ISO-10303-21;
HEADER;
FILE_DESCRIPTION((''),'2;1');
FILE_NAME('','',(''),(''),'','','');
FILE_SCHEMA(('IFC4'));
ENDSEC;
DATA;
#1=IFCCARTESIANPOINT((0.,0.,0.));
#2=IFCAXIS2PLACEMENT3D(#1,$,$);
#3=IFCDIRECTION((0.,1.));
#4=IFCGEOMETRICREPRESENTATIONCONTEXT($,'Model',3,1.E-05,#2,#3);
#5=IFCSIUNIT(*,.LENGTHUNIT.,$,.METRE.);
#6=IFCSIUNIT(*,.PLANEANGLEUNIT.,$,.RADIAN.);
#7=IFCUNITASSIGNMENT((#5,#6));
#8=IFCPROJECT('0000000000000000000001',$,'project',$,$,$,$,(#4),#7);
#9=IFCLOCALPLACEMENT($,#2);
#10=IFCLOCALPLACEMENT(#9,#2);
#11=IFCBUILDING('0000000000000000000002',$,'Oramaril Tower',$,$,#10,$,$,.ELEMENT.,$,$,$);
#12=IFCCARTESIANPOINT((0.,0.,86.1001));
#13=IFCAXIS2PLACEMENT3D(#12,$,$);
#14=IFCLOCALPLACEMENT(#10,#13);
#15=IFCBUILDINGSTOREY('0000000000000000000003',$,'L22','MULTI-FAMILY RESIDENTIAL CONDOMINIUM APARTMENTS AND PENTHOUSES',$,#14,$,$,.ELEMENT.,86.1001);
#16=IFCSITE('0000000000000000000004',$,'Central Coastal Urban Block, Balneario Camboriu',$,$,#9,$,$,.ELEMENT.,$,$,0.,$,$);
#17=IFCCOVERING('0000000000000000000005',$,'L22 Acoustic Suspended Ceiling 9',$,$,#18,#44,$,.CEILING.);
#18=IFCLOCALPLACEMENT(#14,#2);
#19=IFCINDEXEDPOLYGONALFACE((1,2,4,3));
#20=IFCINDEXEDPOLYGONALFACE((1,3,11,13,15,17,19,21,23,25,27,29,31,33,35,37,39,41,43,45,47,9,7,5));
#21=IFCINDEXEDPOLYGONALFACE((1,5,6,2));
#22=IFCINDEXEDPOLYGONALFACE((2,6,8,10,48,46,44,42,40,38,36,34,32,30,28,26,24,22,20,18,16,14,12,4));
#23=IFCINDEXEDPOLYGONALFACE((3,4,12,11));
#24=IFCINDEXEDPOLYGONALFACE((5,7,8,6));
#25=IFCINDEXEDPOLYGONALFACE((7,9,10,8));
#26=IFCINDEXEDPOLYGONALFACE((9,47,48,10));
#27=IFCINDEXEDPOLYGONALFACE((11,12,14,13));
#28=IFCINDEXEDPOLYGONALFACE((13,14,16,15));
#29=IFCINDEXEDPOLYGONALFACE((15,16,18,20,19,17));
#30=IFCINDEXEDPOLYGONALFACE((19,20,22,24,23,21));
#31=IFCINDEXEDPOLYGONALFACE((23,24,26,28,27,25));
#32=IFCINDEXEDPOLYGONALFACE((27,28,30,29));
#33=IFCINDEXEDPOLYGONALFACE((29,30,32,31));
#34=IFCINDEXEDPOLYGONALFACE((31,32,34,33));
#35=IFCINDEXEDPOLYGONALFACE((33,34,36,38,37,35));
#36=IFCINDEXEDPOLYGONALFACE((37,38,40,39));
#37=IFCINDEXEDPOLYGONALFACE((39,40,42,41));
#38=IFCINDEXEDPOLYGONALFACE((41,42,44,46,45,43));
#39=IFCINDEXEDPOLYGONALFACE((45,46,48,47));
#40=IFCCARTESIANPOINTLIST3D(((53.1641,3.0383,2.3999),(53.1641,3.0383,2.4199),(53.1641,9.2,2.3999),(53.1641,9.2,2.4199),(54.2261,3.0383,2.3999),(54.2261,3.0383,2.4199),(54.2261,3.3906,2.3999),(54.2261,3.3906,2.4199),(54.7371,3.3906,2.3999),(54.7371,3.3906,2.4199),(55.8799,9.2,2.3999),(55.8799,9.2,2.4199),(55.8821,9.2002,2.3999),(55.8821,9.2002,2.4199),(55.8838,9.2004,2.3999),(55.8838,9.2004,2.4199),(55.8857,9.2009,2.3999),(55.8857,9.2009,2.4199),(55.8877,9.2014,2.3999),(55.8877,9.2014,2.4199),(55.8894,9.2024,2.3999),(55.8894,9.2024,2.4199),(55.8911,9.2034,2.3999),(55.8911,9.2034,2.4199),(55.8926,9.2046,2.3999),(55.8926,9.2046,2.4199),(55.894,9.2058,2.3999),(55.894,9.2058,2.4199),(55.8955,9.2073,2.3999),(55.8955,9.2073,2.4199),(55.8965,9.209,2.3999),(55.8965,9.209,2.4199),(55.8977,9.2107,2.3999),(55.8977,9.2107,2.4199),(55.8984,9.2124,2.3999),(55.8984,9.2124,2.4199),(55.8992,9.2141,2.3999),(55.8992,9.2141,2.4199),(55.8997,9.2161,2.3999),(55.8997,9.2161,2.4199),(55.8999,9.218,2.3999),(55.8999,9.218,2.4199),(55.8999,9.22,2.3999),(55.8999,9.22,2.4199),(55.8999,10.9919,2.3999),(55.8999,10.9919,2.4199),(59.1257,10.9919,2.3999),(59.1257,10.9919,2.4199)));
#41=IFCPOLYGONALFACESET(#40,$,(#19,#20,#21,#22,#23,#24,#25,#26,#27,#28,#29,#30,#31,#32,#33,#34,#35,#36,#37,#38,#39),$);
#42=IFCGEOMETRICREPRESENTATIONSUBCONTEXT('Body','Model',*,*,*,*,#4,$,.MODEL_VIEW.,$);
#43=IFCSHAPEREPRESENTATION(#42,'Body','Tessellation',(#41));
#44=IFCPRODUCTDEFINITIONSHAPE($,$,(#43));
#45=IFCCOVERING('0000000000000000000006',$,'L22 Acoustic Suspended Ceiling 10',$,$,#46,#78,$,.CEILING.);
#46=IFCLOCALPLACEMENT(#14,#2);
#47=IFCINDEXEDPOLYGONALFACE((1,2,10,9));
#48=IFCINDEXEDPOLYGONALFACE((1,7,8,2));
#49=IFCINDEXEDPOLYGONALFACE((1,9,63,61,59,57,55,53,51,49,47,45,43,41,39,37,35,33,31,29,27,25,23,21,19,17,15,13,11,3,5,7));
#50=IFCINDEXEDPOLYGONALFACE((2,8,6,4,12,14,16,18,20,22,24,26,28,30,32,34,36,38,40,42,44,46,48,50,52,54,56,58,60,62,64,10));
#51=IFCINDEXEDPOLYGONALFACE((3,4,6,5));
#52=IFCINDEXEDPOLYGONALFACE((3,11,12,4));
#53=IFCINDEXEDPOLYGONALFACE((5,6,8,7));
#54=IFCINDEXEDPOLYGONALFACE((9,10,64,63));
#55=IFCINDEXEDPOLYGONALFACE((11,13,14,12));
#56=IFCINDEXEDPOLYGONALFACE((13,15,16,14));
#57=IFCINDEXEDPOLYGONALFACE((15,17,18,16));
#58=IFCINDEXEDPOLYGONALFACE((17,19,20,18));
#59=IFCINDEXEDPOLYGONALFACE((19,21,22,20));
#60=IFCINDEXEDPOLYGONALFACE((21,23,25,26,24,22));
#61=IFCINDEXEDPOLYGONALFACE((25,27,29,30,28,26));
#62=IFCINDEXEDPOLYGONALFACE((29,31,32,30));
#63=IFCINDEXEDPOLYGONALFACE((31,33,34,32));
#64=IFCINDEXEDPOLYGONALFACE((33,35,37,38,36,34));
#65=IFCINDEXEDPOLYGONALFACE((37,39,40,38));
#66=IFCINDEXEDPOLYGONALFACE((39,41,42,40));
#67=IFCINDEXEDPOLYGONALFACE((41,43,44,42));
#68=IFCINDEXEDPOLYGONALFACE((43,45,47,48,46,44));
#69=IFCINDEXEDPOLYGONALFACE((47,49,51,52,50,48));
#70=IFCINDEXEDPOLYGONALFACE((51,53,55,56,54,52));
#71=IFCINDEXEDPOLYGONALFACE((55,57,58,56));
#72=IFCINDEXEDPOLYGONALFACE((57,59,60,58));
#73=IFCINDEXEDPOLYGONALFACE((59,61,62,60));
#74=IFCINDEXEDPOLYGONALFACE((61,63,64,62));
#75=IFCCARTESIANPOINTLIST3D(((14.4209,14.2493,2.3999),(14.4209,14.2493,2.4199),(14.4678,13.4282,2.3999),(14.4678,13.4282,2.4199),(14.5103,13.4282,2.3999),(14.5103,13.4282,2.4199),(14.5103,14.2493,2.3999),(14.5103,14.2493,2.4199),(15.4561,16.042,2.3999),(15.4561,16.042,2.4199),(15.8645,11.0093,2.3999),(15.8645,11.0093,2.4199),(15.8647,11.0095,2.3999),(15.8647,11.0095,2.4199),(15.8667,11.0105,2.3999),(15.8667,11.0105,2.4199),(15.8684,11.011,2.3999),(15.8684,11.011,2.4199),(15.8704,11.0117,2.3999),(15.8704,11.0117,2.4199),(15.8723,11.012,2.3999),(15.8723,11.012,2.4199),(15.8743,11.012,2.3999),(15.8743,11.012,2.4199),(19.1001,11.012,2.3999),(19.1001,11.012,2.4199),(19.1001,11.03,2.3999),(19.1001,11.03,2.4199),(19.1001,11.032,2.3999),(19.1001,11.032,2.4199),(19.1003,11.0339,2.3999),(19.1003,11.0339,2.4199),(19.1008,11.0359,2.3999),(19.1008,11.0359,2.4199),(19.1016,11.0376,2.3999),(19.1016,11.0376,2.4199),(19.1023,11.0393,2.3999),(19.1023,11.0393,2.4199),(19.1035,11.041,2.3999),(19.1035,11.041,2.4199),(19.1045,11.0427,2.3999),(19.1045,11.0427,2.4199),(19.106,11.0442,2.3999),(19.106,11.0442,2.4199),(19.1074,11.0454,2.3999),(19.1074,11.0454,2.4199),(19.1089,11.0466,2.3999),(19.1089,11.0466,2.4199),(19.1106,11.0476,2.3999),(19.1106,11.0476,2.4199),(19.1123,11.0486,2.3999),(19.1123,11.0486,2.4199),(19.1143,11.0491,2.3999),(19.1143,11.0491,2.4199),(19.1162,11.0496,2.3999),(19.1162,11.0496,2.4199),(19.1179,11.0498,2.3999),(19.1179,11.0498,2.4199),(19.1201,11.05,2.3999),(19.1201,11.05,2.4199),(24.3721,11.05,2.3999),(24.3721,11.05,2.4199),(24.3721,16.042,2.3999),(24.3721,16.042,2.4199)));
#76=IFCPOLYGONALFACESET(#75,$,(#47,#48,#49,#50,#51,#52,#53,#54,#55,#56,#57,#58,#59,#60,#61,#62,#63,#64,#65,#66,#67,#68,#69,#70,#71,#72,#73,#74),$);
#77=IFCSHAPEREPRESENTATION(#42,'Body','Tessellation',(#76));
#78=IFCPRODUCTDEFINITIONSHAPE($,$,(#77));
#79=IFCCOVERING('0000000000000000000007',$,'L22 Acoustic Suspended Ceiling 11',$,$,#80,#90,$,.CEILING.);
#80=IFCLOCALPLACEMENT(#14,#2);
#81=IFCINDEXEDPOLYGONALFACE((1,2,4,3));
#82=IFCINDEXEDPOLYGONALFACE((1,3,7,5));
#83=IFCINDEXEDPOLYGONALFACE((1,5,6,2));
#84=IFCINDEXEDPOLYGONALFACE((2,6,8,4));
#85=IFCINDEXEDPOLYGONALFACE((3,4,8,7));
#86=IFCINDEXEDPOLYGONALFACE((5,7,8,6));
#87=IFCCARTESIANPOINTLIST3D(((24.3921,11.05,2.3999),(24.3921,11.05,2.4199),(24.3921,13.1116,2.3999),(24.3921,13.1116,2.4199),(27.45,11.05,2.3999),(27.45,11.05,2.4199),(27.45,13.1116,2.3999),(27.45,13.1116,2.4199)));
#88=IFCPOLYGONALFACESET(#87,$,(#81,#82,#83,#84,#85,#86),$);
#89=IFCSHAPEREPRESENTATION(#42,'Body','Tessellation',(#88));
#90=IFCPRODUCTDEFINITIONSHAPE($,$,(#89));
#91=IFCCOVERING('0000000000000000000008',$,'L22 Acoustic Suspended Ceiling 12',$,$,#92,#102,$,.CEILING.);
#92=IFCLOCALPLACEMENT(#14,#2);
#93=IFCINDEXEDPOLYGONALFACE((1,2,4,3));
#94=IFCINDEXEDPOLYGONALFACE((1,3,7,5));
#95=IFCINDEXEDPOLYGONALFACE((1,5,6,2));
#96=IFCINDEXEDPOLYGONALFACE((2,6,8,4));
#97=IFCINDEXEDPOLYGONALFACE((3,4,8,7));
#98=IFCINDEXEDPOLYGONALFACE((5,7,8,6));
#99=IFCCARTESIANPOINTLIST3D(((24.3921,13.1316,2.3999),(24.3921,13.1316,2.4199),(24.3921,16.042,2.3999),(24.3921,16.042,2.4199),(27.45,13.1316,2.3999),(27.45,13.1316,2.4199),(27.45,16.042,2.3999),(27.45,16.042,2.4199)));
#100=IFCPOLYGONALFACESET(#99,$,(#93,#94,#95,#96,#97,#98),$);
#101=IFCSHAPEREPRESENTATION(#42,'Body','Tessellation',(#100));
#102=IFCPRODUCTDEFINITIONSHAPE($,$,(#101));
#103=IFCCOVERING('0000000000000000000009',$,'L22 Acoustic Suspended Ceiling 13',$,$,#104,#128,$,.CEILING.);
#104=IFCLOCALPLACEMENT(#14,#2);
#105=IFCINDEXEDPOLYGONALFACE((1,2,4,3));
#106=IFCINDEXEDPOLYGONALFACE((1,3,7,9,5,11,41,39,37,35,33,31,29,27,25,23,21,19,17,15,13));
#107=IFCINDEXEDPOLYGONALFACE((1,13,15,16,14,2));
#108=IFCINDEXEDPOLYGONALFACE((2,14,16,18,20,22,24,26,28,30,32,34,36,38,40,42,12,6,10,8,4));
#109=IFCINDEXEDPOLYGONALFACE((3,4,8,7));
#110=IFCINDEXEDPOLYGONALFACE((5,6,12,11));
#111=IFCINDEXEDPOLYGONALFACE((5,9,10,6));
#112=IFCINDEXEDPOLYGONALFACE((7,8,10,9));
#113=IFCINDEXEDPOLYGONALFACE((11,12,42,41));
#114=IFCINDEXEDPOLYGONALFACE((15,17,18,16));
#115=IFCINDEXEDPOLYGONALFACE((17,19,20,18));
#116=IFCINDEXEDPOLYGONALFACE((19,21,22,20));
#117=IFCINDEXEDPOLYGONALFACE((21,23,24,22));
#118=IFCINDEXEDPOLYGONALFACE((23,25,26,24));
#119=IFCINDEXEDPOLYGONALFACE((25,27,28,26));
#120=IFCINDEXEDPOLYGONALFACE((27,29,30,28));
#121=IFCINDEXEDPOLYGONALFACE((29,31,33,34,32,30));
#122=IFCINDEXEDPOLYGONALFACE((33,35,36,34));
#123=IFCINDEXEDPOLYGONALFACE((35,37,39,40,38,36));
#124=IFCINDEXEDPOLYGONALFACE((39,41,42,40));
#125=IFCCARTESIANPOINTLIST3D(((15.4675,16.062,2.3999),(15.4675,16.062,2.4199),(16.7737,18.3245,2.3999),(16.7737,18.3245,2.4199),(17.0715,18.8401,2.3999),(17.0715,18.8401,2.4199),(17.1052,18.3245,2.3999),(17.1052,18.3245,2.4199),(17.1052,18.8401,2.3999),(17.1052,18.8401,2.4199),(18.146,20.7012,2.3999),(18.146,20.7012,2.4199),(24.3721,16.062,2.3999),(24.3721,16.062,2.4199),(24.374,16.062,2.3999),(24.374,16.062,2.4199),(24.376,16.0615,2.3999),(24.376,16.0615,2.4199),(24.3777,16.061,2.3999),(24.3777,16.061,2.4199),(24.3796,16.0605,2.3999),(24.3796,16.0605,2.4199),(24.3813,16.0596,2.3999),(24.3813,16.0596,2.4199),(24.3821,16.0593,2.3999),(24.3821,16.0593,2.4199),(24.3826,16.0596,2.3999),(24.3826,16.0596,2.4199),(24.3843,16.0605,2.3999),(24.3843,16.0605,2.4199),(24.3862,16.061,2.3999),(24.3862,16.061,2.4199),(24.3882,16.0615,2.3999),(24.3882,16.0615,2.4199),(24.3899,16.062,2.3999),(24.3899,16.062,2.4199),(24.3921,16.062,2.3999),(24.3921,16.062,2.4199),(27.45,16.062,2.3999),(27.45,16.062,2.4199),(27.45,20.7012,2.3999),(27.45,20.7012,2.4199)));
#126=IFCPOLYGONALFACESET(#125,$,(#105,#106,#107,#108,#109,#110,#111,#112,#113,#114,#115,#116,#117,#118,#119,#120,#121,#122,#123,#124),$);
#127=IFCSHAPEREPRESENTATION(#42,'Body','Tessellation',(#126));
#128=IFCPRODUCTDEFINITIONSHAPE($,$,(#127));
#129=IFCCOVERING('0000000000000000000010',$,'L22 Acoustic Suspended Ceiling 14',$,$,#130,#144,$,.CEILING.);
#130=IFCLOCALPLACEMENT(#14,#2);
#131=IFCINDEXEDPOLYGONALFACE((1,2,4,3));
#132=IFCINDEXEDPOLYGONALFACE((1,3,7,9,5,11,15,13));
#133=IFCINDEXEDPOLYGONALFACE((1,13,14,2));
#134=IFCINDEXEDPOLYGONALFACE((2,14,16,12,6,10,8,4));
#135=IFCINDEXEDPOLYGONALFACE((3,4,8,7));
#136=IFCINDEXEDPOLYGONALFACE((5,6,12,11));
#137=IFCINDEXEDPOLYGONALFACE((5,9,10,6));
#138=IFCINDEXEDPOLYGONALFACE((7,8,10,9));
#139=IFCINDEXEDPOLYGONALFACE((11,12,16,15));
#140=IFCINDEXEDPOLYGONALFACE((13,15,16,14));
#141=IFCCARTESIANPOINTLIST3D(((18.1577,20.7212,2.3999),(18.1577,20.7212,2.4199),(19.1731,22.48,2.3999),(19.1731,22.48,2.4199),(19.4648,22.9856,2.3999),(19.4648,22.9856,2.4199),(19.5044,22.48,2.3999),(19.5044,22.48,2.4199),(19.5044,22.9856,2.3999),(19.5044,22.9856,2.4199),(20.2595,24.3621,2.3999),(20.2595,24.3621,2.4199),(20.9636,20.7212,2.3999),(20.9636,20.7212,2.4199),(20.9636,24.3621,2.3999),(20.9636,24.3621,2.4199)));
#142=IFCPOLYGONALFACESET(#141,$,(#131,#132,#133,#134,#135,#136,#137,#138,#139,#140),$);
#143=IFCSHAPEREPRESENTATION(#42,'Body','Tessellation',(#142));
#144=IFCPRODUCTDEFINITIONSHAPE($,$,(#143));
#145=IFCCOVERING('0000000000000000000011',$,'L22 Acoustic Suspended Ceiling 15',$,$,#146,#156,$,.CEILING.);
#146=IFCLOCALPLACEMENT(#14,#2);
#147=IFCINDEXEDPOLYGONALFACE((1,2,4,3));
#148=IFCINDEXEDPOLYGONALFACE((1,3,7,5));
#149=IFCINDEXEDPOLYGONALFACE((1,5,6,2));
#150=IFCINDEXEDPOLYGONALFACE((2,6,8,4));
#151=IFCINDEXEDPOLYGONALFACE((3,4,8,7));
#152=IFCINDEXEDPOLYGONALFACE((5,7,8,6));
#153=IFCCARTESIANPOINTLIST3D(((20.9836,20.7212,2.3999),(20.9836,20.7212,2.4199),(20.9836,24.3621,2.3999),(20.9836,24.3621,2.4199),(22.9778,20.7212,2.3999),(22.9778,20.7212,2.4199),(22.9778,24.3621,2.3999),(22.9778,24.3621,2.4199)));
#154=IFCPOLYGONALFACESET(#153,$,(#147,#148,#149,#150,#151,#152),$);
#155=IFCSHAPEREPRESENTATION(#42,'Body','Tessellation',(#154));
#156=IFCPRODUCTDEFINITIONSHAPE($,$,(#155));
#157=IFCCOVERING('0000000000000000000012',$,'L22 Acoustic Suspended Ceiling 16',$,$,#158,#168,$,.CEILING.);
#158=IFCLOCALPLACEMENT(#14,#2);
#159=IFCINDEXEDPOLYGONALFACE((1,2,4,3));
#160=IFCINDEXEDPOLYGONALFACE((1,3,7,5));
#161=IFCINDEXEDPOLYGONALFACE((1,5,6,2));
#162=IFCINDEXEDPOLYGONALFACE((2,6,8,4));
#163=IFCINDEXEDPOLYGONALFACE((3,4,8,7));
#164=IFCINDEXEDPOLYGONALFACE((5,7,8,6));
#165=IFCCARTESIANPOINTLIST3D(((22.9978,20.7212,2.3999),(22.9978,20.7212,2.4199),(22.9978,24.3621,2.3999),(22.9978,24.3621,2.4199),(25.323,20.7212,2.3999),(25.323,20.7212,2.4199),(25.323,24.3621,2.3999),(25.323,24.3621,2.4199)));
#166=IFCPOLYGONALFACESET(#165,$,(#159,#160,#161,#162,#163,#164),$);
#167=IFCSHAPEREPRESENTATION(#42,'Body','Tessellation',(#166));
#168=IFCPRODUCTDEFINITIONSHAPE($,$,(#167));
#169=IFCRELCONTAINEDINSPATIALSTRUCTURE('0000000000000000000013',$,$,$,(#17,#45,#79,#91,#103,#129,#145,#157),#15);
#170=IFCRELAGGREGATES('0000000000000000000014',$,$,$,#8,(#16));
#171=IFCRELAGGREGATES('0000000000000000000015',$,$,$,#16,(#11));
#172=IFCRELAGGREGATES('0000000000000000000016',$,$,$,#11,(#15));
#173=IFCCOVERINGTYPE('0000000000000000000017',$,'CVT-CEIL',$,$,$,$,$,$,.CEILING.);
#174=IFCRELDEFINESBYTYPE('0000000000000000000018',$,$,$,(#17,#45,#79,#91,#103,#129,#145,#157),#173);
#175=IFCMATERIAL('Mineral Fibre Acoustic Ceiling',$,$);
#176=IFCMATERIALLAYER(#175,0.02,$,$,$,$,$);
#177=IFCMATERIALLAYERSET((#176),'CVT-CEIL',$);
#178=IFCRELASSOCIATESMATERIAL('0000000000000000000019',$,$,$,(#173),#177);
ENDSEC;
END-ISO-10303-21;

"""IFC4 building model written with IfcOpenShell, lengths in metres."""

from ifc_helpers import new_model, si_unit, direction, frame, origin, place, context, subcontext, project, spatial, polyline, outline, extrude, material, layer, layer_set, type_object, element, save


model = new_model("IFC4")

# Units and contexts
model_context = context("Model", 3, precision=1e-05, world=origin(), true_north=direction((0.0, 1.0)))
body_context = subcontext(model_context, "Body", "Model", "MODEL_VIEW")
ifc_project = project(units=[si_unit("LENGTHUNIT", "METRE"), si_unit("PLANEANGLEUNIT", "RADIAN")], contexts=[model_context])

# Site, building, storey
site_placement = place(None, origin())
site = spatial("IfcSite", under=ifc_project, at=site_placement, Name="Central Coastal Urban Block, Balneario Camboriu", CompositionType="ELEMENT", RefElevation=0.0)
building_placement = place(site_placement, origin())
building = spatial("IfcBuilding", under=site, at=building_placement, Name="Oramaril Tower", CompositionType="ELEMENT")
storey_placement = place(building_placement, frame((0.0, 0.0, 86.1001)))
storey = spatial("IfcBuildingStorey", under=building, at=storey_placement, Name="L22", Description="MULTI-FAMILY RESIDENTIAL CONDOMINIUM APARTMENTS AND PENTHOUSES", CompositionType="ELEMENT", Elevation=86.1001)

# Coverings
ifc_material_1 = material(Name="Mineral Fibre Acoustic Ceiling")
ifc_layer_1 = layer(ifc_material_1, 0.02)
ifc_layer_set_1 = layer_set([ifc_layer_1], Name="CVT-CEIL")
covering_type_1 = type_object("IfcCoveringType", Name="CVT-CEIL", PredefinedType="CEILING", material=ifc_layer_set_1)
covering_1_placement = place(storey_placement, frame((0.0, 0.0, 2.3999)))
element("IfcCovering", 1, at=covering_1_placement, inside=storey, type_object=covering_type_1, Name="L22 Acoustic Suspended Ceiling 9", PredefinedType="CEILING", context=body_context, shape_type="SweptSolid", body=[
    extrude(outline(polyline([(59.1257, 10.9919), (54.7371, 3.3906), (54.2261, 3.3906), (54.2261, 3.0383), (53.1641, 3.0383), (53.1641, 9.2), (55.8799, 9.2), (55.8821, 9.2002), (55.8838, 9.2004), (55.8857, 9.2009), (55.8877, 9.2014), (55.8894, 9.2024), (55.8911, 9.2034), (55.8926, 9.2046), (55.894, 9.2058), (55.8955, 9.2073), (55.8965, 9.209), (55.8977, 9.2107), (55.8984, 9.2124), (55.8992, 9.2141), (55.8997, 9.2161), (55.8999, 9.218), (55.8999, 9.22), (55.8999, 10.9919), (59.1257, 10.9919)])), origin(), (0.0, 0.0, 1.0), 0.02),
])
covering_2_placement = place(storey_placement, frame((0.0, 0.0, 2.3999)))
element("IfcCovering", 2, at=covering_2_placement, inside=storey, type_object=covering_type_1, Name="L22 Acoustic Suspended Ceiling 10", PredefinedType="CEILING", context=body_context, shape_type="SweptSolid", body=[
    extrude(outline(polyline([(24.3721, 11.05), (19.1201, 11.05), (19.1179, 11.0498), (19.1162, 11.0496), (19.1143, 11.0491), (19.1123, 11.0486), (19.1106, 11.0476), (19.1089, 11.0466), (19.1074, 11.0454), (19.106, 11.0442), (19.1045, 11.0427), (19.1035, 11.041), (19.1023, 11.0393), (19.1016, 11.0376), (19.1008, 11.0359), (19.1003, 11.0339), (19.1001, 11.032), (19.1001, 11.03), (19.1001, 11.012), (15.8743, 11.012), (15.8723, 11.012), (15.8704, 11.0117), (15.8684, 11.011), (15.8667, 11.0105), (15.8647, 11.0095), (15.8645, 11.0093), (14.4678, 13.4282), (14.5103, 13.4282), (14.5103, 14.2493), (14.4209, 14.2493), (15.4561, 16.042), (24.3721, 16.042), (24.3721, 11.05)])), origin(), (0.0, 0.0, 1.0), 0.02),
])
covering_3_placement = place(storey_placement, frame((0.0, 0.0, 2.3999)))
element("IfcCovering", 3, at=covering_3_placement, inside=storey, type_object=covering_type_1, Name="L22 Acoustic Suspended Ceiling 11", PredefinedType="CEILING", context=body_context, shape_type="SweptSolid", body=[
    extrude(outline(polyline([(27.45, 13.1116), (27.45, 11.05), (24.3921, 11.05), (24.3921, 13.1116), (27.45, 13.1116)])), origin(), (0.0, 0.0, 1.0), 0.02),
])
covering_4_placement = place(storey_placement, frame((0.0, 0.0, 2.3999)))
element("IfcCovering", 4, at=covering_4_placement, inside=storey, type_object=covering_type_1, Name="L22 Acoustic Suspended Ceiling 12", PredefinedType="CEILING", context=body_context, shape_type="SweptSolid", body=[
    extrude(outline(polyline([(27.45, 16.042), (27.45, 13.1316), (24.3921, 13.1316), (24.3921, 16.042), (27.45, 16.042)])), origin(), (0.0, 0.0, 1.0), 0.02),
])
covering_5_placement = place(storey_placement, frame((0.0, 0.0, 2.3999)))
element("IfcCovering", 5, at=covering_5_placement, inside=storey, type_object=covering_type_1, Name="L22 Acoustic Suspended Ceiling 13", PredefinedType="CEILING", context=body_context, shape_type="SweptSolid", body=[
    extrude(outline(polyline([(16.7737, 18.3245), (17.1052, 18.3245), (17.1052, 18.8401), (17.0715, 18.8401), (18.146, 20.7012), (27.45, 20.7012), (27.45, 16.062), (24.3921, 16.062), (24.3899, 16.062), (24.3882, 16.0615), (24.3862, 16.061), (24.3843, 16.0605), (24.3826, 16.0596), (24.3821, 16.0593), (24.3813, 16.0596), (24.3796, 16.0605), (24.3777, 16.061), (24.376, 16.0615), (24.374, 16.062), (24.3721, 16.062), (15.4675, 16.062), (16.7737, 18.3245)])), origin(), (0.0, 0.0, 1.0), 0.02),
])
covering_6_placement = place(storey_placement, frame((0.0, 0.0, 2.3999)))
element("IfcCovering", 6, at=covering_6_placement, inside=storey, type_object=covering_type_1, Name="L22 Acoustic Suspended Ceiling 14", PredefinedType="CEILING", context=body_context, shape_type="SweptSolid", body=[
    extrude(outline(polyline([(19.5044, 22.48), (19.5044, 22.9856), (19.4648, 22.9856), (20.2595, 24.3621), (20.9636, 24.3621), (20.9636, 20.7212), (18.1577, 20.7212), (19.1731, 22.48), (19.5044, 22.48)])), origin(), (0.0, 0.0, 1.0), 0.02),
])
covering_7_placement = place(storey_placement, frame((0.0, 0.0, 2.3999)))
element("IfcCovering", 7, at=covering_7_placement, inside=storey, type_object=covering_type_1, Name="L22 Acoustic Suspended Ceiling 15", PredefinedType="CEILING", context=body_context, shape_type="SweptSolid", body=[
    extrude(outline(polyline([(22.9778, 24.3621), (22.9778, 20.7212), (20.9836, 20.7212), (20.9836, 24.3621), (22.9778, 24.3621)])), origin(), (0.0, 0.0, 1.0), 0.02),
])
covering_8_placement = place(storey_placement, frame((0.0, 0.0, 2.3999)))
element("IfcCovering", 8, at=covering_8_placement, inside=storey, type_object=covering_type_1, Name="L22 Acoustic Suspended Ceiling 16", PredefinedType="CEILING", context=body_context, shape_type="SweptSolid", body=[
    extrude(outline(polyline([(25.323, 24.3621), (25.323, 20.7212), (22.9978, 20.7212), (22.9978, 24.3621), (25.323, 24.3621)])), origin(), (0.0, 0.0, 1.0), 0.02),
])

save(model, "model.ifc")
